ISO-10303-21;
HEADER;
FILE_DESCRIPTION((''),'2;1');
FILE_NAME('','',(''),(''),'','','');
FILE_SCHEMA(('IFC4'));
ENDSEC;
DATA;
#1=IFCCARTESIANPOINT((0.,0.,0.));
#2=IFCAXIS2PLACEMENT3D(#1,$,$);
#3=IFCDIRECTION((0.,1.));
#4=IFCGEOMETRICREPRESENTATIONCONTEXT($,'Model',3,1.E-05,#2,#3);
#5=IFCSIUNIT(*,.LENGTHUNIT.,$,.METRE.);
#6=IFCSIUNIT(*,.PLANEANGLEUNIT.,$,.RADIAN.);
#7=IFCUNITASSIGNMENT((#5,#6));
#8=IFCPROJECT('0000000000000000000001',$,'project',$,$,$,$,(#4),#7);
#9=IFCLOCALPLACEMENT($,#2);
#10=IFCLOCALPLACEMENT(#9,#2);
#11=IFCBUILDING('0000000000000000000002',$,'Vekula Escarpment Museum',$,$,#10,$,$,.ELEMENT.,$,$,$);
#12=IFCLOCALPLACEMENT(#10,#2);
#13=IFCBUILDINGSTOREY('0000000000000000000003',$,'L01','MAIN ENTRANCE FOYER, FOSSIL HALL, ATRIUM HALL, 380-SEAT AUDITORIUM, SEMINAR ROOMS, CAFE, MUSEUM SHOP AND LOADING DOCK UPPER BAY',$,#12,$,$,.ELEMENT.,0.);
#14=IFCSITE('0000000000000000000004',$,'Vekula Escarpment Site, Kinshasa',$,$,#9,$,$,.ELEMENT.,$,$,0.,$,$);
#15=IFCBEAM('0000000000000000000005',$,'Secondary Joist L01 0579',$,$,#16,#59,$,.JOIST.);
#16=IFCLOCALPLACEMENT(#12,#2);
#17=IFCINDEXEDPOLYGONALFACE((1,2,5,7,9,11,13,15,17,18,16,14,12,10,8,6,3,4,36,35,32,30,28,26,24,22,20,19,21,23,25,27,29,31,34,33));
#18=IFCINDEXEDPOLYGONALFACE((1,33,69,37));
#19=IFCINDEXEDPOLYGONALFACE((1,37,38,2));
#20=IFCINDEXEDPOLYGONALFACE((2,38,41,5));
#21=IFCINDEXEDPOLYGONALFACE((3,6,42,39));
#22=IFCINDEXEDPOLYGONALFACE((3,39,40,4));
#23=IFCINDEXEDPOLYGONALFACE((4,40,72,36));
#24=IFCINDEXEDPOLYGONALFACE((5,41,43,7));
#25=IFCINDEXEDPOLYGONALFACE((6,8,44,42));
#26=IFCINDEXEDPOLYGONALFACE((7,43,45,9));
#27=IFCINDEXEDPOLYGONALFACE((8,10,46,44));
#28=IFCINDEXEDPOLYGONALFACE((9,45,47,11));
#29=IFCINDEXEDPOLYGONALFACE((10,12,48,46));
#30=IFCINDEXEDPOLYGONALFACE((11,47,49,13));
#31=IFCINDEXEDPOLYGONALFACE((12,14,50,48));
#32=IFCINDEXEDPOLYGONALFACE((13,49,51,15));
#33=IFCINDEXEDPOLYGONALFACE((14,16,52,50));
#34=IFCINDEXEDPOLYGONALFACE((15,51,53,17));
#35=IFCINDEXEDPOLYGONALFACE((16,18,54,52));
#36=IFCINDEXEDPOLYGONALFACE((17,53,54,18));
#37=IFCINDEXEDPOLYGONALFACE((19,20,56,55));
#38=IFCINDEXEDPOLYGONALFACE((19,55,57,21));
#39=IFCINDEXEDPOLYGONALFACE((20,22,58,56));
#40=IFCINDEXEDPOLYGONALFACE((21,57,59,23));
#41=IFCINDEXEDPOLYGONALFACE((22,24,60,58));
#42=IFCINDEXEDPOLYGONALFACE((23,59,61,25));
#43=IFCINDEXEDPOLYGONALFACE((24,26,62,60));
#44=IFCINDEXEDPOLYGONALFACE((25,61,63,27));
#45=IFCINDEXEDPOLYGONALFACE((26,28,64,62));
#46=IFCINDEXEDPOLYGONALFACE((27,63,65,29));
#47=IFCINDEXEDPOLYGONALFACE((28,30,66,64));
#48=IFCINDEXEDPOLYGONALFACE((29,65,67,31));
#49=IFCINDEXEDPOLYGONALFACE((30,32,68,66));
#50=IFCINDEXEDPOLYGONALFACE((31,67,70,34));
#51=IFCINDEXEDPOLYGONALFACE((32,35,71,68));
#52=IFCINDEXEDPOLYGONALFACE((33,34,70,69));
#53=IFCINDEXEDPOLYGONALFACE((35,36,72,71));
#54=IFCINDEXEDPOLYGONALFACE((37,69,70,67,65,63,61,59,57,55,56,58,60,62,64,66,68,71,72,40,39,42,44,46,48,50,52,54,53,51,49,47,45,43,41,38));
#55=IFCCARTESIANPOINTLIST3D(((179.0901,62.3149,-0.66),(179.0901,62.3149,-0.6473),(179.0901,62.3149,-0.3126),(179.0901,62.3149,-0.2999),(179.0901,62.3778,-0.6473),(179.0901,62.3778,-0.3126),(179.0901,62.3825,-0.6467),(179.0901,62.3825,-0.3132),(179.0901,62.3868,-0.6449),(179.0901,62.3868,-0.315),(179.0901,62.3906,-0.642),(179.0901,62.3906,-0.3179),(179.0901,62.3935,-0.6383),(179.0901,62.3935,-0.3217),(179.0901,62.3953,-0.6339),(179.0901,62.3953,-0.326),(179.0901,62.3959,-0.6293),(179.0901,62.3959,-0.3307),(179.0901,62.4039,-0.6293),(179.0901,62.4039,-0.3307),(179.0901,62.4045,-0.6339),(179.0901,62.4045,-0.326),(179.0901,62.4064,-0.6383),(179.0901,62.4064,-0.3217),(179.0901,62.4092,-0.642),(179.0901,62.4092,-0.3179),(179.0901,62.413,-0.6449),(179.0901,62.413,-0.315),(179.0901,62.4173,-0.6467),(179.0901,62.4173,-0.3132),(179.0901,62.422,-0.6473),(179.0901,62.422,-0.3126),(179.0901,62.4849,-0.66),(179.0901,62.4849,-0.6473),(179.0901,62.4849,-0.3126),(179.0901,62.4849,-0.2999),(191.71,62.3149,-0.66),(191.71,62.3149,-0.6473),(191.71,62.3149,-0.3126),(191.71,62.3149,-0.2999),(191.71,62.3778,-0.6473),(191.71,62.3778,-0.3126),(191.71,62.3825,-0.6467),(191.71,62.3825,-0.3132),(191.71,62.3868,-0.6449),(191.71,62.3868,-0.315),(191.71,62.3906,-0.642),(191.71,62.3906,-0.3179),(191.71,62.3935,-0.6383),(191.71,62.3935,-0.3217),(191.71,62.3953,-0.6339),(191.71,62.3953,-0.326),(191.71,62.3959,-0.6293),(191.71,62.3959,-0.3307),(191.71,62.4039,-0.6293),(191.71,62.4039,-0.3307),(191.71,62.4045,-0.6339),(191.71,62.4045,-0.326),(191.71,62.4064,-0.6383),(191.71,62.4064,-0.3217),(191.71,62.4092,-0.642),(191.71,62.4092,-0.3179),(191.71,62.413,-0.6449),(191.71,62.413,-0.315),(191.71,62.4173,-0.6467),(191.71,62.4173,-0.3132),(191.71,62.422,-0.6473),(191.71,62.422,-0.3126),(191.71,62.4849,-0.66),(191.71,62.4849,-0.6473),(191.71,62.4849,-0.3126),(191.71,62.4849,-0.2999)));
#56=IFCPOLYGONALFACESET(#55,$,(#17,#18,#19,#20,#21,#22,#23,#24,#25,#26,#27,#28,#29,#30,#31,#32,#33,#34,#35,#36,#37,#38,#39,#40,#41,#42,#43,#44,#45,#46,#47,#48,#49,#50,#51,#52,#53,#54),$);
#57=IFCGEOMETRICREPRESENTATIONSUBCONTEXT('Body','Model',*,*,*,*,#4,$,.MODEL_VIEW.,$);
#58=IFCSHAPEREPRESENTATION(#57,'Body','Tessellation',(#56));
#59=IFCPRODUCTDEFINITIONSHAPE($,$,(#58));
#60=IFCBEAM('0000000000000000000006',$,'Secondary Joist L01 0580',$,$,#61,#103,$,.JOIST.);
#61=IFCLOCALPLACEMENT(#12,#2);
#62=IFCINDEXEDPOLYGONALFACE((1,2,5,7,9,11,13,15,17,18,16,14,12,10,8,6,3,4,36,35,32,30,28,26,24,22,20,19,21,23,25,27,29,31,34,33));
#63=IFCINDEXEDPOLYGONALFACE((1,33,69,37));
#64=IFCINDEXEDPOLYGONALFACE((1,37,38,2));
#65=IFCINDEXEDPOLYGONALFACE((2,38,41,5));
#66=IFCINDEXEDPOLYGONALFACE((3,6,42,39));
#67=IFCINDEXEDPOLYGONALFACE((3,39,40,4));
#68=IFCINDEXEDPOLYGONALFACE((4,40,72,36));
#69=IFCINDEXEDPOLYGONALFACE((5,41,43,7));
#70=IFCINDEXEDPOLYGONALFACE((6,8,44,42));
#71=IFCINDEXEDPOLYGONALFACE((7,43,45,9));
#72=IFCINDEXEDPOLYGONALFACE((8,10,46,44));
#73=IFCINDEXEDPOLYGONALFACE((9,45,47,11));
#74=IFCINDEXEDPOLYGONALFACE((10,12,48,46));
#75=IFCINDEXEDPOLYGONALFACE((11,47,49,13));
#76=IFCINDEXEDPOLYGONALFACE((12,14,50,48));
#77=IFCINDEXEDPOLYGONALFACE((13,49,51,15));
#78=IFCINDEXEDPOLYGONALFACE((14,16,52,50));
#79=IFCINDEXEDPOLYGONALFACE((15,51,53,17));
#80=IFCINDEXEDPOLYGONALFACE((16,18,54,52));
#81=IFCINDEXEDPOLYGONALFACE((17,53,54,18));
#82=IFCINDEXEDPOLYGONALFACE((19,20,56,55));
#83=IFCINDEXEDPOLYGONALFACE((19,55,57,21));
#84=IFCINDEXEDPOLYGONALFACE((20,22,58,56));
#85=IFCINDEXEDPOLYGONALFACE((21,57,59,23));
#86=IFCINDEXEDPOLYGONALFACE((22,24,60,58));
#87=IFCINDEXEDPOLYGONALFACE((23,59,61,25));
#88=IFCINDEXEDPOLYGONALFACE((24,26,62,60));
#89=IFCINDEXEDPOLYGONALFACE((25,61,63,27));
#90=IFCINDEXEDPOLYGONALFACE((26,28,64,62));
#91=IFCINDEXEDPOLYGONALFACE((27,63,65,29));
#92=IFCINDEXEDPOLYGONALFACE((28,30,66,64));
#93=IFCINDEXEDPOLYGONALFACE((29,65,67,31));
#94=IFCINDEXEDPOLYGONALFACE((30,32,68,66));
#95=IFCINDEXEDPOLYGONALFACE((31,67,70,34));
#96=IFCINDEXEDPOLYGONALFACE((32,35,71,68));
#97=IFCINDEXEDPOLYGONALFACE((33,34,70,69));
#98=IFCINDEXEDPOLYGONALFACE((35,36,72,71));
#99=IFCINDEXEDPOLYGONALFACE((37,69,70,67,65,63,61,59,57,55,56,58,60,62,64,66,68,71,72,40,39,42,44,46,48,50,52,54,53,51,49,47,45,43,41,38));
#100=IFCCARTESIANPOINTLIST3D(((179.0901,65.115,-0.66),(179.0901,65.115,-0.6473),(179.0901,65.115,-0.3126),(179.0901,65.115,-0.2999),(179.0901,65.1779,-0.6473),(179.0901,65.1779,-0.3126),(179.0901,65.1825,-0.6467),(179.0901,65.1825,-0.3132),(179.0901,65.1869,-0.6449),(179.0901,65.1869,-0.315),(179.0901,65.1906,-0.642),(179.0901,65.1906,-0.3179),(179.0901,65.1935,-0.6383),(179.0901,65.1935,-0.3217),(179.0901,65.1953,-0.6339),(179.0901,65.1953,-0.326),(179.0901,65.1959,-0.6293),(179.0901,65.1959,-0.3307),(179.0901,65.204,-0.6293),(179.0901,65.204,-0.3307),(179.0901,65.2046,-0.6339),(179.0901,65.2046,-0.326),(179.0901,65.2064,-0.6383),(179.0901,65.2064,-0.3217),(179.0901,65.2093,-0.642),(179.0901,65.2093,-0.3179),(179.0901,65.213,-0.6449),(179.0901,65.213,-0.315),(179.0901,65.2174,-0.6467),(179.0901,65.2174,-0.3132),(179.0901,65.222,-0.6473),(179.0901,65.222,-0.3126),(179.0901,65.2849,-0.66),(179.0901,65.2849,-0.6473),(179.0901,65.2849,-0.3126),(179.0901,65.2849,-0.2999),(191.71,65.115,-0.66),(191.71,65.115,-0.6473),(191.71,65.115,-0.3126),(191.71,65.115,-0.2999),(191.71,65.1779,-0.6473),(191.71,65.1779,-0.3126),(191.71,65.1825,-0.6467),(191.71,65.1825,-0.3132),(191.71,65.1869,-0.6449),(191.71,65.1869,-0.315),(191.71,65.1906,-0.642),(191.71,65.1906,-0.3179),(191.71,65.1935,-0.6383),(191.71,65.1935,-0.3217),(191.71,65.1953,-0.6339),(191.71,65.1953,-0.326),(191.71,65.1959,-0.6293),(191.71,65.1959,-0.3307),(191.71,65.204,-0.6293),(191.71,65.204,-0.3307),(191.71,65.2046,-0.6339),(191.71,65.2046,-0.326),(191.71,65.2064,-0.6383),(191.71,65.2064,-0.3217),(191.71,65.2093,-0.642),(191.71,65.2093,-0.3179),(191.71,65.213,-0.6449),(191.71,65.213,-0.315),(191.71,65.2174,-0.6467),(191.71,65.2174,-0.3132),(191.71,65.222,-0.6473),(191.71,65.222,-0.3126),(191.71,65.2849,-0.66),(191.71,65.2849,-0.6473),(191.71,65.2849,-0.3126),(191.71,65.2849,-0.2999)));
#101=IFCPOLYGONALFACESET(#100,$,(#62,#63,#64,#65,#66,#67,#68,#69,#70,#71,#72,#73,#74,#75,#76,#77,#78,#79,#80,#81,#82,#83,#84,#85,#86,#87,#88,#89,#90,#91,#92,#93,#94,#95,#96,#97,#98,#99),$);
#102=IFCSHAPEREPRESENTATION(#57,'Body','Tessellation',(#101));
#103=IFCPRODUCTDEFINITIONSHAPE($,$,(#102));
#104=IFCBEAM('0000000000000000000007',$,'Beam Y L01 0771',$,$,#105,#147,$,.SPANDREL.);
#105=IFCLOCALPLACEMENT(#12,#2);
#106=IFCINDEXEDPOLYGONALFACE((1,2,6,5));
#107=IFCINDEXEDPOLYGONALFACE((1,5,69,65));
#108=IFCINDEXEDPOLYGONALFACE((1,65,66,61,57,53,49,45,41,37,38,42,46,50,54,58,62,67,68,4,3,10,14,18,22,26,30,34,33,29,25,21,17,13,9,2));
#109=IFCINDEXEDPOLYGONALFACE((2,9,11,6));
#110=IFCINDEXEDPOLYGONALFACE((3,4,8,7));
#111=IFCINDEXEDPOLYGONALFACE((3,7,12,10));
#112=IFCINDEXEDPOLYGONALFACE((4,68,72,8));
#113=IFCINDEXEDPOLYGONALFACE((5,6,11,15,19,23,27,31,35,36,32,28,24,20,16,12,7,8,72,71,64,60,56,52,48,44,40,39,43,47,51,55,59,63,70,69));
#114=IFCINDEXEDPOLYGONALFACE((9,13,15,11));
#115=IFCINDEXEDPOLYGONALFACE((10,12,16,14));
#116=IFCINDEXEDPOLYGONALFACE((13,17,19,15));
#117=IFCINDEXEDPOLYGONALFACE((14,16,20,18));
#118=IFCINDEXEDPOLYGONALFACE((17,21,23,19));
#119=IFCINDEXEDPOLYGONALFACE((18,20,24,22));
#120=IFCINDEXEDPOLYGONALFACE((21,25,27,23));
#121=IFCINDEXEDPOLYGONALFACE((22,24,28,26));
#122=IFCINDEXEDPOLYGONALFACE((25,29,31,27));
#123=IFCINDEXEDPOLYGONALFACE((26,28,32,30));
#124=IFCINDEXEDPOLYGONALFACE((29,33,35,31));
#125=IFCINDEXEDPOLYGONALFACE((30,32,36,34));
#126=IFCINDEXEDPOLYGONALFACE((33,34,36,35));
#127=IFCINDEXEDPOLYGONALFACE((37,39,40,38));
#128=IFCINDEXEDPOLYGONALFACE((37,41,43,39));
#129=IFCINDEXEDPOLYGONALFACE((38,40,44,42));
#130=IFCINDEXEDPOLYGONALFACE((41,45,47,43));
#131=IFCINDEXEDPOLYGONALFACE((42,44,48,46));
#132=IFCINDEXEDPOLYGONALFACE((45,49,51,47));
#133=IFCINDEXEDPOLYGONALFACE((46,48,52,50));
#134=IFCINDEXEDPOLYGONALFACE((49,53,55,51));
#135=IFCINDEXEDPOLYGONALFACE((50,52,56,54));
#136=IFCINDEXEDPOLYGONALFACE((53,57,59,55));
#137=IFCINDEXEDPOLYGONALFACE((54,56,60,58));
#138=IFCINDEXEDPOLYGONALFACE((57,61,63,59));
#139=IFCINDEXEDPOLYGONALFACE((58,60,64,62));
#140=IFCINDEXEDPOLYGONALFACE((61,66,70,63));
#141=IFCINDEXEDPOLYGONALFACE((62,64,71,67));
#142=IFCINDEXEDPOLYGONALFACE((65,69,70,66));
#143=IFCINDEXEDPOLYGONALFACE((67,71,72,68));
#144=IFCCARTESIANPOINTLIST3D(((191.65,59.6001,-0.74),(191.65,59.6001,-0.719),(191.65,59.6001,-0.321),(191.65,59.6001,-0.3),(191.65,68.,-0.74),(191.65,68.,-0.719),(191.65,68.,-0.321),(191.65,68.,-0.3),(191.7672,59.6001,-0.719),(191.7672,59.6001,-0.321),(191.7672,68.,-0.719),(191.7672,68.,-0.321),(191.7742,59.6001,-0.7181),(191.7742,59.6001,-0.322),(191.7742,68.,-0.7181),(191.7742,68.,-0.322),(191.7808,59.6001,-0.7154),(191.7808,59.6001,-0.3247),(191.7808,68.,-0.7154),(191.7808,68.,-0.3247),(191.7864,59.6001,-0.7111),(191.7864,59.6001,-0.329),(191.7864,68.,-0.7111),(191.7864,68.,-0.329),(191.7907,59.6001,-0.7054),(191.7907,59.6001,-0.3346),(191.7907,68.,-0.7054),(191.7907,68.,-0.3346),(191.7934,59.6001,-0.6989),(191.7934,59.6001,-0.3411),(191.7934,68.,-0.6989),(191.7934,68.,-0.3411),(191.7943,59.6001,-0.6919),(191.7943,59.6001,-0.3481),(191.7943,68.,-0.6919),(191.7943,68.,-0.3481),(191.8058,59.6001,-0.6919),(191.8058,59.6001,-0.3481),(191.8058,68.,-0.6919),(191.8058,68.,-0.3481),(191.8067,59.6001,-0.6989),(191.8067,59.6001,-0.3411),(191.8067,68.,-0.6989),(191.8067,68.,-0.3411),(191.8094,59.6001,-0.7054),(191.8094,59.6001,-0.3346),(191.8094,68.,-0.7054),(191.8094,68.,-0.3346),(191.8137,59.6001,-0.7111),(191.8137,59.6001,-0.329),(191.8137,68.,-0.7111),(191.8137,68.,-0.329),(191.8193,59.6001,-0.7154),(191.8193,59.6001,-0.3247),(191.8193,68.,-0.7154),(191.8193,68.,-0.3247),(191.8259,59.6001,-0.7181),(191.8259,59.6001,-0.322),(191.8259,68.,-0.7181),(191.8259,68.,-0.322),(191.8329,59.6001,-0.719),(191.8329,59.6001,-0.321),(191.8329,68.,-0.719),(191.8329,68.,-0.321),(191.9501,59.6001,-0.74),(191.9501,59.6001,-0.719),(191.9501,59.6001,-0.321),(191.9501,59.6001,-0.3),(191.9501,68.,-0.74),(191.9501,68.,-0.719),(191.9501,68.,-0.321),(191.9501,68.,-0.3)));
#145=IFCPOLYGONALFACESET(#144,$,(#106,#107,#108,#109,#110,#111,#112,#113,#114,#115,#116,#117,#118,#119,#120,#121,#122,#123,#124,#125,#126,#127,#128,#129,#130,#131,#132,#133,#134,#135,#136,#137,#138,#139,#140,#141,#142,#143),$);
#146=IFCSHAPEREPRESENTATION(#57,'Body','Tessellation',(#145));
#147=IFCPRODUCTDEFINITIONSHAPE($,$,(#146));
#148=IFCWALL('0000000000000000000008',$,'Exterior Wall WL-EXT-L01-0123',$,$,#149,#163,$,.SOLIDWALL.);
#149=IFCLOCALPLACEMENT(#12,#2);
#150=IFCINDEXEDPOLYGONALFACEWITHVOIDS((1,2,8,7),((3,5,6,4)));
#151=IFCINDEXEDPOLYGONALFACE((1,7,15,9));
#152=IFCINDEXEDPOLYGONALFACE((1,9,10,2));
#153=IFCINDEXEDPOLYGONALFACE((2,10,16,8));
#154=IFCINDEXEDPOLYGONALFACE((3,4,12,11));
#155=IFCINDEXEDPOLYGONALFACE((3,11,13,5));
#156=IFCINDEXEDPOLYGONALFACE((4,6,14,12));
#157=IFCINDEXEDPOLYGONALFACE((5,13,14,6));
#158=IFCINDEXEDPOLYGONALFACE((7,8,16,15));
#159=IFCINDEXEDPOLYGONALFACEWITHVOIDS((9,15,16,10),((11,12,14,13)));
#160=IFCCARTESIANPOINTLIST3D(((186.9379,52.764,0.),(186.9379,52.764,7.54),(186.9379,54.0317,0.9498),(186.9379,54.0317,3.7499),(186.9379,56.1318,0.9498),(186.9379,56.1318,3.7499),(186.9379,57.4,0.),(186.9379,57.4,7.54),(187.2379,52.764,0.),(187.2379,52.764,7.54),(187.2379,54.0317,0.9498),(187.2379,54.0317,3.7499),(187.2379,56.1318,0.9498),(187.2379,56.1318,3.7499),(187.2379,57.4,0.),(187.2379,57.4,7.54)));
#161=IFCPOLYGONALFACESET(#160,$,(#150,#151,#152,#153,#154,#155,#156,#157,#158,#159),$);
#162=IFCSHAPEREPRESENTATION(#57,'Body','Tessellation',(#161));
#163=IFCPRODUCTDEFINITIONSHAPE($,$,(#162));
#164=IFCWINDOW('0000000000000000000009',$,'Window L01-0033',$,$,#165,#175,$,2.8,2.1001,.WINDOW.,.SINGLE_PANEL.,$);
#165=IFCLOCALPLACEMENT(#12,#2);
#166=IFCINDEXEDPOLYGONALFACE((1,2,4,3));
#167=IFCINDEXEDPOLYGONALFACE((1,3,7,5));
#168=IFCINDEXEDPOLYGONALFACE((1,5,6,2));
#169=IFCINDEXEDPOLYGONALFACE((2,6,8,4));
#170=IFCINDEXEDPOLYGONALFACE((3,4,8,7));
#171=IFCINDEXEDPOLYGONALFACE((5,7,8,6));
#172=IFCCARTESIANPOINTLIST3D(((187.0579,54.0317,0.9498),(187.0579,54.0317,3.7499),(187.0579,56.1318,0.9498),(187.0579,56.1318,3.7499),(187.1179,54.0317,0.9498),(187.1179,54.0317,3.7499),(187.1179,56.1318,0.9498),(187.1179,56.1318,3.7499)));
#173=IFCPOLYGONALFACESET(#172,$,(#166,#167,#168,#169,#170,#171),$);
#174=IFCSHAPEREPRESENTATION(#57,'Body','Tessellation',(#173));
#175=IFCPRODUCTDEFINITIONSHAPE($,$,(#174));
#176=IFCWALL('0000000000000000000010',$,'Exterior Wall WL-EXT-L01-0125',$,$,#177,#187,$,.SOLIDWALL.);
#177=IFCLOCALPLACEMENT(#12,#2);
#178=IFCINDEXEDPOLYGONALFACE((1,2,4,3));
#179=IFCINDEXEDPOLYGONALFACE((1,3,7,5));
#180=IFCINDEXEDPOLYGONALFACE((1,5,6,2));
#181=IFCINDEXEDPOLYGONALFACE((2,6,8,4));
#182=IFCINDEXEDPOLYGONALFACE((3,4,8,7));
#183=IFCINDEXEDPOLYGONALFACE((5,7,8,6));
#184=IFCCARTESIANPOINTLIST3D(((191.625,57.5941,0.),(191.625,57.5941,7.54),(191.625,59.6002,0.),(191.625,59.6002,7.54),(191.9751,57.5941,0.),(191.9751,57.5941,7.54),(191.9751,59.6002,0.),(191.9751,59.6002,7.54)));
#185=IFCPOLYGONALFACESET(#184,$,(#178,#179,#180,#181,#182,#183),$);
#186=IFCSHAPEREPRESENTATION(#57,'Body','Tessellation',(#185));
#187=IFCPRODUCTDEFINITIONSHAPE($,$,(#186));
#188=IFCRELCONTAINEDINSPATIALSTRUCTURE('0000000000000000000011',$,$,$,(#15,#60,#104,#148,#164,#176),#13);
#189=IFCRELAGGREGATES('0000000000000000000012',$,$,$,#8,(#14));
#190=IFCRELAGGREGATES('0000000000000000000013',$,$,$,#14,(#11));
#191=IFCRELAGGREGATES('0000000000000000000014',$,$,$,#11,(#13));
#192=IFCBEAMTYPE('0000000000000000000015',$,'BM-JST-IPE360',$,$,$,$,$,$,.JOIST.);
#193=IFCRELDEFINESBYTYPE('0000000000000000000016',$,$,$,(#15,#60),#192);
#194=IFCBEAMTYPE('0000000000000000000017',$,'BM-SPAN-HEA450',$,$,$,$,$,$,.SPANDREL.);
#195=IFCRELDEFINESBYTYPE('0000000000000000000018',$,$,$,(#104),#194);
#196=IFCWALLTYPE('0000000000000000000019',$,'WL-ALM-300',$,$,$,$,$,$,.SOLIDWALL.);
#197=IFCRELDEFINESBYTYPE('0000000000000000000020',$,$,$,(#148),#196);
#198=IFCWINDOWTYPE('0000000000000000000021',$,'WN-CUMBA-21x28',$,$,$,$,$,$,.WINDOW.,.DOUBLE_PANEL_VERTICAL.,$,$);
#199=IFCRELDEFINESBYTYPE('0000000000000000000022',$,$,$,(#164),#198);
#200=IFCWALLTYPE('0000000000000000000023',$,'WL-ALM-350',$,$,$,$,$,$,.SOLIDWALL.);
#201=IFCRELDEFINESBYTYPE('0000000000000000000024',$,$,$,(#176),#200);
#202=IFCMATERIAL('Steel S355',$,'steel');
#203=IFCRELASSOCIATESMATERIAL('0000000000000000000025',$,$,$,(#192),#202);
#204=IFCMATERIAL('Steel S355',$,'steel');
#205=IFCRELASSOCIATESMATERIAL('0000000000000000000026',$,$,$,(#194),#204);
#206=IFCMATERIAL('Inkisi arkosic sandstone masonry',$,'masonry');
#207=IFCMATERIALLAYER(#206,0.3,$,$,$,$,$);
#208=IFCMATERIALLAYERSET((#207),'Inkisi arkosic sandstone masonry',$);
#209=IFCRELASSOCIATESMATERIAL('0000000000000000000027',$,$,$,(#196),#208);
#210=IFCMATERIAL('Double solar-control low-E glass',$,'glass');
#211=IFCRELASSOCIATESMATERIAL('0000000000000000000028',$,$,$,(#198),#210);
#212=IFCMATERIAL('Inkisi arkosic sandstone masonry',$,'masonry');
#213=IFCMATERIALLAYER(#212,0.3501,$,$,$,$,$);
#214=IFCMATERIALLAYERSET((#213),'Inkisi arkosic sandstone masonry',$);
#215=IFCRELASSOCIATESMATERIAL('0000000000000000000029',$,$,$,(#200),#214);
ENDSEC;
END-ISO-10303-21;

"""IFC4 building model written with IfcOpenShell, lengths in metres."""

from ifc_helpers import new_model, si_unit, direction, frame, frame_2d, origin, origin_2d, place, context, subcontext, project, spatial, rectangle, i_section, extrude, material, layer, layer_set, material_profile, profile_set, type_object, element, fill, save


model = new_model("IFC4")

# Units and contexts
model_context = context("Model", 3, precision=1e-05, world=origin(), true_north=direction((0.0, 1.0)))
body_context = subcontext(model_context, "Body", "Model", "MODEL_VIEW")
ifc_project = project(units=[si_unit("LENGTHUNIT", "METRE"), si_unit("PLANEANGLEUNIT", "RADIAN")], contexts=[model_context])

# Site, building, storey
site_placement = place(None, origin())
site = spatial("IfcSite", under=ifc_project, at=site_placement, Name="Vekula Escarpment Site, Kinshasa", CompositionType="ELEMENT", RefElevation=0.0)
building_placement = place(site_placement, origin())
building = spatial("IfcBuilding", under=site, at=building_placement, Name="Vekula Escarpment Museum", CompositionType="ELEMENT")
storey_placement = place(building_placement, origin())
storey = spatial("IfcBuildingStorey", under=building, at=storey_placement, Name="L01", Description="MAIN ENTRANCE FOYER, FOSSIL HALL, ATRIUM HALL, 380-SEAT AUDITORIUM, SEMINAR ROOMS, CAFE, MUSEUM SHOP AND LOADING DOCK UPPER BAY", CompositionType="ELEMENT", Elevation=0.0)

# Beams
ifc_material_1 = material(Name="Steel S355", Category="steel")
ifc_material_profile_1 = material_profile(ifc_material_1, i_section(OverallWidth=0.1699, OverallDepth=0.3601, WebThickness=0.0081, FlangeThickness=0.0127, FilletRadius=0.0181, at=origin_2d()), Name="IPE 360")
ifc_profile_set_1 = profile_set([ifc_material_profile_1], Name="Steel S355")
beam_type_1 = type_object("IfcBeamType", Name="BM-JST-IPE360", PredefinedType="JOIST", material=ifc_profile_set_1)
for number, where, z_axis, x_axis, name in (
    (1, (179.0901, 62.3999, -0.48), (1.0, 0.0, 0.0), (0.0, 1.0, 0.0), "Secondary Joist L01 0579"),
    (2, (179.0901, 65.2, -0.48), (1.0, 0.0, 0.0), (0.0, 1.0, 0.0), "Secondary Joist L01 0580"),
):
    element("IfcBeam", number, at=place(storey_placement, frame(where, z_axis=z_axis, x_axis=x_axis)), inside=storey, type_object=beam_type_1, Name=name, PredefinedType="JOIST", context=body_context, shape_type="SweptSolid", body=[
        extrude(i_section(OverallWidth=0.1699, OverallDepth=0.3601, WebThickness=0.0081, FlangeThickness=0.0127, FilletRadius=0.0181, at=origin_2d()), origin(), (0.0, 0.0, 1.0), 12.6199),
    ])
ifc_material_2 = material(Name="Steel S355", Category="steel")
ifc_material_profile_2 = material_profile(ifc_material_2, i_section(OverallWidth=0.3, OverallDepth=0.4399, WebThickness=0.0115, FlangeThickness=0.021, FilletRadius=0.0271, at=origin_2d()), Name="HEA 450")
ifc_profile_set_2 = profile_set([ifc_material_profile_2], Name="Steel S355")
beam_type_2 = type_object("IfcBeamType", Name="BM-SPAN-HEA450", PredefinedType="SPANDREL", material=ifc_profile_set_2)
beam_1_placement = place(storey_placement, frame((191.8, 59.6001, -0.52), z_axis=(0.0, 1.0, 0.0), x_axis=(-1.0, 0.0, 0.0)))
element("IfcBeam", 3, at=beam_1_placement, inside=storey, type_object=beam_type_2, Name="Beam Y L01 0771", PredefinedType="SPANDREL", context=body_context, shape_type="SweptSolid", body=[
    extrude(i_section(OverallWidth=0.3, OverallDepth=0.4399, WebThickness=0.0115, FlangeThickness=0.021, FilletRadius=0.0271, at=origin_2d()), origin(), (0.0, 0.0, 1.0), 8.3999),
])

# Wall, opening, window
ifc_material_3 = material(Name="Inkisi arkosic sandstone masonry", Category="masonry")
ifc_layer_1 = layer(ifc_material_3, 0.3)
ifc_layer_set_1 = layer_set([ifc_layer_1], Name="Inkisi arkosic sandstone masonry")
wall_type_1 = type_object("IfcWallType", Name="WL-ALM-300", PredefinedType="SOLIDWALL", material=ifc_layer_set_1)
wall_1_placement = place(storey_placement, frame((187.0879, 57.3999, 0.0), z_axis=(0.0, 0.0, 1.0), x_axis=(0.0, -1.0, 0.0)))
wall_1 = element("IfcWall", 4, at=wall_1_placement, inside=storey, type_object=wall_type_1, Name="Exterior Wall WL-EXT-L01-0123", PredefinedType="SOLIDWALL", context=body_context, shape_type="SweptSolid", body=[
    extrude(rectangle(XDim=4.636, YDim=0.3, at=frame_2d((2.3179, 0.0))), origin(), (0.0, 0.0, 1.0), 7.54),
])
opening_1_placement = place(wall_1_placement, frame((1.2681, 0.0, 0.95)))
opening_1 = element("IfcOpeningElement", 5, at=opening_1_placement, cuts=wall_1, PredefinedType="OPENING", context=body_context, shape_type="SweptSolid", body=[
    extrude(rectangle(XDim=2.1001, YDim=2.8, at=frame_2d((1.05, 1.3999))), frame((0.0, 0.1599, 0.0), z_axis=(0.0, -1.0, 0.0), x_axis=(1.0, 0.0, 0.0)), (0.0, 0.0, 1.0), 0.3201),
])
ifc_material_4 = material(Name="Double solar-control low-E glass", Category="glass")
window_type_1 = type_object("IfcWindowType", Name="WN-CUMBA-21x28", PartitioningType="DOUBLE_PANEL_VERTICAL", PredefinedType="WINDOW", material=ifc_material_4)
window_1_placement = place(opening_1_placement, origin())
window_1 = element("IfcWindow", 6, at=window_1_placement, inside=storey, type_object=window_type_1, Name="Window L01-0033", OverallHeight=2.8, OverallWidth=2.1001, PartitioningType="SINGLE_PANEL", PredefinedType="WINDOW", context=body_context, shape_type="SweptSolid", body=[
    extrude(rectangle(XDim=2.1001, YDim=2.8, at=frame_2d((1.05, 1.3999))), frame((0.0, 0.03, 0.0), z_axis=(0.0, -1.0, 0.0), x_axis=(1.0, 0.0, 0.0)), (0.0, 0.0, 1.0), 0.0601),
])
fill(opening_1, window_1)

# Wall
ifc_material_5 = material(Name="Inkisi arkosic sandstone masonry", Category="masonry")
ifc_layer_2 = layer(ifc_material_5, 0.3501)
ifc_layer_set_2 = layer_set([ifc_layer_2], Name="Inkisi arkosic sandstone masonry")
wall_type_2 = type_object("IfcWallType", Name="WL-ALM-350", PredefinedType="SOLIDWALL", material=ifc_layer_set_2)
wall_2_placement = place(storey_placement, frame((191.8, 59.6001, 0.0), z_axis=(0.0, 0.0, 1.0), x_axis=(0.0, -1.0, 0.0)))
element("IfcWall", 7, at=wall_2_placement, inside=storey, type_object=wall_type_2, Name="Exterior Wall WL-EXT-L01-0125", PredefinedType="SOLIDWALL", context=body_context, shape_type="SweptSolid", body=[
    extrude(rectangle(XDim=2.0061, YDim=0.3501, at=frame_2d((1.0029, 0.0))), origin(), (0.0, 0.0, 1.0), 7.54),
])

save(model, "model.ifc")
